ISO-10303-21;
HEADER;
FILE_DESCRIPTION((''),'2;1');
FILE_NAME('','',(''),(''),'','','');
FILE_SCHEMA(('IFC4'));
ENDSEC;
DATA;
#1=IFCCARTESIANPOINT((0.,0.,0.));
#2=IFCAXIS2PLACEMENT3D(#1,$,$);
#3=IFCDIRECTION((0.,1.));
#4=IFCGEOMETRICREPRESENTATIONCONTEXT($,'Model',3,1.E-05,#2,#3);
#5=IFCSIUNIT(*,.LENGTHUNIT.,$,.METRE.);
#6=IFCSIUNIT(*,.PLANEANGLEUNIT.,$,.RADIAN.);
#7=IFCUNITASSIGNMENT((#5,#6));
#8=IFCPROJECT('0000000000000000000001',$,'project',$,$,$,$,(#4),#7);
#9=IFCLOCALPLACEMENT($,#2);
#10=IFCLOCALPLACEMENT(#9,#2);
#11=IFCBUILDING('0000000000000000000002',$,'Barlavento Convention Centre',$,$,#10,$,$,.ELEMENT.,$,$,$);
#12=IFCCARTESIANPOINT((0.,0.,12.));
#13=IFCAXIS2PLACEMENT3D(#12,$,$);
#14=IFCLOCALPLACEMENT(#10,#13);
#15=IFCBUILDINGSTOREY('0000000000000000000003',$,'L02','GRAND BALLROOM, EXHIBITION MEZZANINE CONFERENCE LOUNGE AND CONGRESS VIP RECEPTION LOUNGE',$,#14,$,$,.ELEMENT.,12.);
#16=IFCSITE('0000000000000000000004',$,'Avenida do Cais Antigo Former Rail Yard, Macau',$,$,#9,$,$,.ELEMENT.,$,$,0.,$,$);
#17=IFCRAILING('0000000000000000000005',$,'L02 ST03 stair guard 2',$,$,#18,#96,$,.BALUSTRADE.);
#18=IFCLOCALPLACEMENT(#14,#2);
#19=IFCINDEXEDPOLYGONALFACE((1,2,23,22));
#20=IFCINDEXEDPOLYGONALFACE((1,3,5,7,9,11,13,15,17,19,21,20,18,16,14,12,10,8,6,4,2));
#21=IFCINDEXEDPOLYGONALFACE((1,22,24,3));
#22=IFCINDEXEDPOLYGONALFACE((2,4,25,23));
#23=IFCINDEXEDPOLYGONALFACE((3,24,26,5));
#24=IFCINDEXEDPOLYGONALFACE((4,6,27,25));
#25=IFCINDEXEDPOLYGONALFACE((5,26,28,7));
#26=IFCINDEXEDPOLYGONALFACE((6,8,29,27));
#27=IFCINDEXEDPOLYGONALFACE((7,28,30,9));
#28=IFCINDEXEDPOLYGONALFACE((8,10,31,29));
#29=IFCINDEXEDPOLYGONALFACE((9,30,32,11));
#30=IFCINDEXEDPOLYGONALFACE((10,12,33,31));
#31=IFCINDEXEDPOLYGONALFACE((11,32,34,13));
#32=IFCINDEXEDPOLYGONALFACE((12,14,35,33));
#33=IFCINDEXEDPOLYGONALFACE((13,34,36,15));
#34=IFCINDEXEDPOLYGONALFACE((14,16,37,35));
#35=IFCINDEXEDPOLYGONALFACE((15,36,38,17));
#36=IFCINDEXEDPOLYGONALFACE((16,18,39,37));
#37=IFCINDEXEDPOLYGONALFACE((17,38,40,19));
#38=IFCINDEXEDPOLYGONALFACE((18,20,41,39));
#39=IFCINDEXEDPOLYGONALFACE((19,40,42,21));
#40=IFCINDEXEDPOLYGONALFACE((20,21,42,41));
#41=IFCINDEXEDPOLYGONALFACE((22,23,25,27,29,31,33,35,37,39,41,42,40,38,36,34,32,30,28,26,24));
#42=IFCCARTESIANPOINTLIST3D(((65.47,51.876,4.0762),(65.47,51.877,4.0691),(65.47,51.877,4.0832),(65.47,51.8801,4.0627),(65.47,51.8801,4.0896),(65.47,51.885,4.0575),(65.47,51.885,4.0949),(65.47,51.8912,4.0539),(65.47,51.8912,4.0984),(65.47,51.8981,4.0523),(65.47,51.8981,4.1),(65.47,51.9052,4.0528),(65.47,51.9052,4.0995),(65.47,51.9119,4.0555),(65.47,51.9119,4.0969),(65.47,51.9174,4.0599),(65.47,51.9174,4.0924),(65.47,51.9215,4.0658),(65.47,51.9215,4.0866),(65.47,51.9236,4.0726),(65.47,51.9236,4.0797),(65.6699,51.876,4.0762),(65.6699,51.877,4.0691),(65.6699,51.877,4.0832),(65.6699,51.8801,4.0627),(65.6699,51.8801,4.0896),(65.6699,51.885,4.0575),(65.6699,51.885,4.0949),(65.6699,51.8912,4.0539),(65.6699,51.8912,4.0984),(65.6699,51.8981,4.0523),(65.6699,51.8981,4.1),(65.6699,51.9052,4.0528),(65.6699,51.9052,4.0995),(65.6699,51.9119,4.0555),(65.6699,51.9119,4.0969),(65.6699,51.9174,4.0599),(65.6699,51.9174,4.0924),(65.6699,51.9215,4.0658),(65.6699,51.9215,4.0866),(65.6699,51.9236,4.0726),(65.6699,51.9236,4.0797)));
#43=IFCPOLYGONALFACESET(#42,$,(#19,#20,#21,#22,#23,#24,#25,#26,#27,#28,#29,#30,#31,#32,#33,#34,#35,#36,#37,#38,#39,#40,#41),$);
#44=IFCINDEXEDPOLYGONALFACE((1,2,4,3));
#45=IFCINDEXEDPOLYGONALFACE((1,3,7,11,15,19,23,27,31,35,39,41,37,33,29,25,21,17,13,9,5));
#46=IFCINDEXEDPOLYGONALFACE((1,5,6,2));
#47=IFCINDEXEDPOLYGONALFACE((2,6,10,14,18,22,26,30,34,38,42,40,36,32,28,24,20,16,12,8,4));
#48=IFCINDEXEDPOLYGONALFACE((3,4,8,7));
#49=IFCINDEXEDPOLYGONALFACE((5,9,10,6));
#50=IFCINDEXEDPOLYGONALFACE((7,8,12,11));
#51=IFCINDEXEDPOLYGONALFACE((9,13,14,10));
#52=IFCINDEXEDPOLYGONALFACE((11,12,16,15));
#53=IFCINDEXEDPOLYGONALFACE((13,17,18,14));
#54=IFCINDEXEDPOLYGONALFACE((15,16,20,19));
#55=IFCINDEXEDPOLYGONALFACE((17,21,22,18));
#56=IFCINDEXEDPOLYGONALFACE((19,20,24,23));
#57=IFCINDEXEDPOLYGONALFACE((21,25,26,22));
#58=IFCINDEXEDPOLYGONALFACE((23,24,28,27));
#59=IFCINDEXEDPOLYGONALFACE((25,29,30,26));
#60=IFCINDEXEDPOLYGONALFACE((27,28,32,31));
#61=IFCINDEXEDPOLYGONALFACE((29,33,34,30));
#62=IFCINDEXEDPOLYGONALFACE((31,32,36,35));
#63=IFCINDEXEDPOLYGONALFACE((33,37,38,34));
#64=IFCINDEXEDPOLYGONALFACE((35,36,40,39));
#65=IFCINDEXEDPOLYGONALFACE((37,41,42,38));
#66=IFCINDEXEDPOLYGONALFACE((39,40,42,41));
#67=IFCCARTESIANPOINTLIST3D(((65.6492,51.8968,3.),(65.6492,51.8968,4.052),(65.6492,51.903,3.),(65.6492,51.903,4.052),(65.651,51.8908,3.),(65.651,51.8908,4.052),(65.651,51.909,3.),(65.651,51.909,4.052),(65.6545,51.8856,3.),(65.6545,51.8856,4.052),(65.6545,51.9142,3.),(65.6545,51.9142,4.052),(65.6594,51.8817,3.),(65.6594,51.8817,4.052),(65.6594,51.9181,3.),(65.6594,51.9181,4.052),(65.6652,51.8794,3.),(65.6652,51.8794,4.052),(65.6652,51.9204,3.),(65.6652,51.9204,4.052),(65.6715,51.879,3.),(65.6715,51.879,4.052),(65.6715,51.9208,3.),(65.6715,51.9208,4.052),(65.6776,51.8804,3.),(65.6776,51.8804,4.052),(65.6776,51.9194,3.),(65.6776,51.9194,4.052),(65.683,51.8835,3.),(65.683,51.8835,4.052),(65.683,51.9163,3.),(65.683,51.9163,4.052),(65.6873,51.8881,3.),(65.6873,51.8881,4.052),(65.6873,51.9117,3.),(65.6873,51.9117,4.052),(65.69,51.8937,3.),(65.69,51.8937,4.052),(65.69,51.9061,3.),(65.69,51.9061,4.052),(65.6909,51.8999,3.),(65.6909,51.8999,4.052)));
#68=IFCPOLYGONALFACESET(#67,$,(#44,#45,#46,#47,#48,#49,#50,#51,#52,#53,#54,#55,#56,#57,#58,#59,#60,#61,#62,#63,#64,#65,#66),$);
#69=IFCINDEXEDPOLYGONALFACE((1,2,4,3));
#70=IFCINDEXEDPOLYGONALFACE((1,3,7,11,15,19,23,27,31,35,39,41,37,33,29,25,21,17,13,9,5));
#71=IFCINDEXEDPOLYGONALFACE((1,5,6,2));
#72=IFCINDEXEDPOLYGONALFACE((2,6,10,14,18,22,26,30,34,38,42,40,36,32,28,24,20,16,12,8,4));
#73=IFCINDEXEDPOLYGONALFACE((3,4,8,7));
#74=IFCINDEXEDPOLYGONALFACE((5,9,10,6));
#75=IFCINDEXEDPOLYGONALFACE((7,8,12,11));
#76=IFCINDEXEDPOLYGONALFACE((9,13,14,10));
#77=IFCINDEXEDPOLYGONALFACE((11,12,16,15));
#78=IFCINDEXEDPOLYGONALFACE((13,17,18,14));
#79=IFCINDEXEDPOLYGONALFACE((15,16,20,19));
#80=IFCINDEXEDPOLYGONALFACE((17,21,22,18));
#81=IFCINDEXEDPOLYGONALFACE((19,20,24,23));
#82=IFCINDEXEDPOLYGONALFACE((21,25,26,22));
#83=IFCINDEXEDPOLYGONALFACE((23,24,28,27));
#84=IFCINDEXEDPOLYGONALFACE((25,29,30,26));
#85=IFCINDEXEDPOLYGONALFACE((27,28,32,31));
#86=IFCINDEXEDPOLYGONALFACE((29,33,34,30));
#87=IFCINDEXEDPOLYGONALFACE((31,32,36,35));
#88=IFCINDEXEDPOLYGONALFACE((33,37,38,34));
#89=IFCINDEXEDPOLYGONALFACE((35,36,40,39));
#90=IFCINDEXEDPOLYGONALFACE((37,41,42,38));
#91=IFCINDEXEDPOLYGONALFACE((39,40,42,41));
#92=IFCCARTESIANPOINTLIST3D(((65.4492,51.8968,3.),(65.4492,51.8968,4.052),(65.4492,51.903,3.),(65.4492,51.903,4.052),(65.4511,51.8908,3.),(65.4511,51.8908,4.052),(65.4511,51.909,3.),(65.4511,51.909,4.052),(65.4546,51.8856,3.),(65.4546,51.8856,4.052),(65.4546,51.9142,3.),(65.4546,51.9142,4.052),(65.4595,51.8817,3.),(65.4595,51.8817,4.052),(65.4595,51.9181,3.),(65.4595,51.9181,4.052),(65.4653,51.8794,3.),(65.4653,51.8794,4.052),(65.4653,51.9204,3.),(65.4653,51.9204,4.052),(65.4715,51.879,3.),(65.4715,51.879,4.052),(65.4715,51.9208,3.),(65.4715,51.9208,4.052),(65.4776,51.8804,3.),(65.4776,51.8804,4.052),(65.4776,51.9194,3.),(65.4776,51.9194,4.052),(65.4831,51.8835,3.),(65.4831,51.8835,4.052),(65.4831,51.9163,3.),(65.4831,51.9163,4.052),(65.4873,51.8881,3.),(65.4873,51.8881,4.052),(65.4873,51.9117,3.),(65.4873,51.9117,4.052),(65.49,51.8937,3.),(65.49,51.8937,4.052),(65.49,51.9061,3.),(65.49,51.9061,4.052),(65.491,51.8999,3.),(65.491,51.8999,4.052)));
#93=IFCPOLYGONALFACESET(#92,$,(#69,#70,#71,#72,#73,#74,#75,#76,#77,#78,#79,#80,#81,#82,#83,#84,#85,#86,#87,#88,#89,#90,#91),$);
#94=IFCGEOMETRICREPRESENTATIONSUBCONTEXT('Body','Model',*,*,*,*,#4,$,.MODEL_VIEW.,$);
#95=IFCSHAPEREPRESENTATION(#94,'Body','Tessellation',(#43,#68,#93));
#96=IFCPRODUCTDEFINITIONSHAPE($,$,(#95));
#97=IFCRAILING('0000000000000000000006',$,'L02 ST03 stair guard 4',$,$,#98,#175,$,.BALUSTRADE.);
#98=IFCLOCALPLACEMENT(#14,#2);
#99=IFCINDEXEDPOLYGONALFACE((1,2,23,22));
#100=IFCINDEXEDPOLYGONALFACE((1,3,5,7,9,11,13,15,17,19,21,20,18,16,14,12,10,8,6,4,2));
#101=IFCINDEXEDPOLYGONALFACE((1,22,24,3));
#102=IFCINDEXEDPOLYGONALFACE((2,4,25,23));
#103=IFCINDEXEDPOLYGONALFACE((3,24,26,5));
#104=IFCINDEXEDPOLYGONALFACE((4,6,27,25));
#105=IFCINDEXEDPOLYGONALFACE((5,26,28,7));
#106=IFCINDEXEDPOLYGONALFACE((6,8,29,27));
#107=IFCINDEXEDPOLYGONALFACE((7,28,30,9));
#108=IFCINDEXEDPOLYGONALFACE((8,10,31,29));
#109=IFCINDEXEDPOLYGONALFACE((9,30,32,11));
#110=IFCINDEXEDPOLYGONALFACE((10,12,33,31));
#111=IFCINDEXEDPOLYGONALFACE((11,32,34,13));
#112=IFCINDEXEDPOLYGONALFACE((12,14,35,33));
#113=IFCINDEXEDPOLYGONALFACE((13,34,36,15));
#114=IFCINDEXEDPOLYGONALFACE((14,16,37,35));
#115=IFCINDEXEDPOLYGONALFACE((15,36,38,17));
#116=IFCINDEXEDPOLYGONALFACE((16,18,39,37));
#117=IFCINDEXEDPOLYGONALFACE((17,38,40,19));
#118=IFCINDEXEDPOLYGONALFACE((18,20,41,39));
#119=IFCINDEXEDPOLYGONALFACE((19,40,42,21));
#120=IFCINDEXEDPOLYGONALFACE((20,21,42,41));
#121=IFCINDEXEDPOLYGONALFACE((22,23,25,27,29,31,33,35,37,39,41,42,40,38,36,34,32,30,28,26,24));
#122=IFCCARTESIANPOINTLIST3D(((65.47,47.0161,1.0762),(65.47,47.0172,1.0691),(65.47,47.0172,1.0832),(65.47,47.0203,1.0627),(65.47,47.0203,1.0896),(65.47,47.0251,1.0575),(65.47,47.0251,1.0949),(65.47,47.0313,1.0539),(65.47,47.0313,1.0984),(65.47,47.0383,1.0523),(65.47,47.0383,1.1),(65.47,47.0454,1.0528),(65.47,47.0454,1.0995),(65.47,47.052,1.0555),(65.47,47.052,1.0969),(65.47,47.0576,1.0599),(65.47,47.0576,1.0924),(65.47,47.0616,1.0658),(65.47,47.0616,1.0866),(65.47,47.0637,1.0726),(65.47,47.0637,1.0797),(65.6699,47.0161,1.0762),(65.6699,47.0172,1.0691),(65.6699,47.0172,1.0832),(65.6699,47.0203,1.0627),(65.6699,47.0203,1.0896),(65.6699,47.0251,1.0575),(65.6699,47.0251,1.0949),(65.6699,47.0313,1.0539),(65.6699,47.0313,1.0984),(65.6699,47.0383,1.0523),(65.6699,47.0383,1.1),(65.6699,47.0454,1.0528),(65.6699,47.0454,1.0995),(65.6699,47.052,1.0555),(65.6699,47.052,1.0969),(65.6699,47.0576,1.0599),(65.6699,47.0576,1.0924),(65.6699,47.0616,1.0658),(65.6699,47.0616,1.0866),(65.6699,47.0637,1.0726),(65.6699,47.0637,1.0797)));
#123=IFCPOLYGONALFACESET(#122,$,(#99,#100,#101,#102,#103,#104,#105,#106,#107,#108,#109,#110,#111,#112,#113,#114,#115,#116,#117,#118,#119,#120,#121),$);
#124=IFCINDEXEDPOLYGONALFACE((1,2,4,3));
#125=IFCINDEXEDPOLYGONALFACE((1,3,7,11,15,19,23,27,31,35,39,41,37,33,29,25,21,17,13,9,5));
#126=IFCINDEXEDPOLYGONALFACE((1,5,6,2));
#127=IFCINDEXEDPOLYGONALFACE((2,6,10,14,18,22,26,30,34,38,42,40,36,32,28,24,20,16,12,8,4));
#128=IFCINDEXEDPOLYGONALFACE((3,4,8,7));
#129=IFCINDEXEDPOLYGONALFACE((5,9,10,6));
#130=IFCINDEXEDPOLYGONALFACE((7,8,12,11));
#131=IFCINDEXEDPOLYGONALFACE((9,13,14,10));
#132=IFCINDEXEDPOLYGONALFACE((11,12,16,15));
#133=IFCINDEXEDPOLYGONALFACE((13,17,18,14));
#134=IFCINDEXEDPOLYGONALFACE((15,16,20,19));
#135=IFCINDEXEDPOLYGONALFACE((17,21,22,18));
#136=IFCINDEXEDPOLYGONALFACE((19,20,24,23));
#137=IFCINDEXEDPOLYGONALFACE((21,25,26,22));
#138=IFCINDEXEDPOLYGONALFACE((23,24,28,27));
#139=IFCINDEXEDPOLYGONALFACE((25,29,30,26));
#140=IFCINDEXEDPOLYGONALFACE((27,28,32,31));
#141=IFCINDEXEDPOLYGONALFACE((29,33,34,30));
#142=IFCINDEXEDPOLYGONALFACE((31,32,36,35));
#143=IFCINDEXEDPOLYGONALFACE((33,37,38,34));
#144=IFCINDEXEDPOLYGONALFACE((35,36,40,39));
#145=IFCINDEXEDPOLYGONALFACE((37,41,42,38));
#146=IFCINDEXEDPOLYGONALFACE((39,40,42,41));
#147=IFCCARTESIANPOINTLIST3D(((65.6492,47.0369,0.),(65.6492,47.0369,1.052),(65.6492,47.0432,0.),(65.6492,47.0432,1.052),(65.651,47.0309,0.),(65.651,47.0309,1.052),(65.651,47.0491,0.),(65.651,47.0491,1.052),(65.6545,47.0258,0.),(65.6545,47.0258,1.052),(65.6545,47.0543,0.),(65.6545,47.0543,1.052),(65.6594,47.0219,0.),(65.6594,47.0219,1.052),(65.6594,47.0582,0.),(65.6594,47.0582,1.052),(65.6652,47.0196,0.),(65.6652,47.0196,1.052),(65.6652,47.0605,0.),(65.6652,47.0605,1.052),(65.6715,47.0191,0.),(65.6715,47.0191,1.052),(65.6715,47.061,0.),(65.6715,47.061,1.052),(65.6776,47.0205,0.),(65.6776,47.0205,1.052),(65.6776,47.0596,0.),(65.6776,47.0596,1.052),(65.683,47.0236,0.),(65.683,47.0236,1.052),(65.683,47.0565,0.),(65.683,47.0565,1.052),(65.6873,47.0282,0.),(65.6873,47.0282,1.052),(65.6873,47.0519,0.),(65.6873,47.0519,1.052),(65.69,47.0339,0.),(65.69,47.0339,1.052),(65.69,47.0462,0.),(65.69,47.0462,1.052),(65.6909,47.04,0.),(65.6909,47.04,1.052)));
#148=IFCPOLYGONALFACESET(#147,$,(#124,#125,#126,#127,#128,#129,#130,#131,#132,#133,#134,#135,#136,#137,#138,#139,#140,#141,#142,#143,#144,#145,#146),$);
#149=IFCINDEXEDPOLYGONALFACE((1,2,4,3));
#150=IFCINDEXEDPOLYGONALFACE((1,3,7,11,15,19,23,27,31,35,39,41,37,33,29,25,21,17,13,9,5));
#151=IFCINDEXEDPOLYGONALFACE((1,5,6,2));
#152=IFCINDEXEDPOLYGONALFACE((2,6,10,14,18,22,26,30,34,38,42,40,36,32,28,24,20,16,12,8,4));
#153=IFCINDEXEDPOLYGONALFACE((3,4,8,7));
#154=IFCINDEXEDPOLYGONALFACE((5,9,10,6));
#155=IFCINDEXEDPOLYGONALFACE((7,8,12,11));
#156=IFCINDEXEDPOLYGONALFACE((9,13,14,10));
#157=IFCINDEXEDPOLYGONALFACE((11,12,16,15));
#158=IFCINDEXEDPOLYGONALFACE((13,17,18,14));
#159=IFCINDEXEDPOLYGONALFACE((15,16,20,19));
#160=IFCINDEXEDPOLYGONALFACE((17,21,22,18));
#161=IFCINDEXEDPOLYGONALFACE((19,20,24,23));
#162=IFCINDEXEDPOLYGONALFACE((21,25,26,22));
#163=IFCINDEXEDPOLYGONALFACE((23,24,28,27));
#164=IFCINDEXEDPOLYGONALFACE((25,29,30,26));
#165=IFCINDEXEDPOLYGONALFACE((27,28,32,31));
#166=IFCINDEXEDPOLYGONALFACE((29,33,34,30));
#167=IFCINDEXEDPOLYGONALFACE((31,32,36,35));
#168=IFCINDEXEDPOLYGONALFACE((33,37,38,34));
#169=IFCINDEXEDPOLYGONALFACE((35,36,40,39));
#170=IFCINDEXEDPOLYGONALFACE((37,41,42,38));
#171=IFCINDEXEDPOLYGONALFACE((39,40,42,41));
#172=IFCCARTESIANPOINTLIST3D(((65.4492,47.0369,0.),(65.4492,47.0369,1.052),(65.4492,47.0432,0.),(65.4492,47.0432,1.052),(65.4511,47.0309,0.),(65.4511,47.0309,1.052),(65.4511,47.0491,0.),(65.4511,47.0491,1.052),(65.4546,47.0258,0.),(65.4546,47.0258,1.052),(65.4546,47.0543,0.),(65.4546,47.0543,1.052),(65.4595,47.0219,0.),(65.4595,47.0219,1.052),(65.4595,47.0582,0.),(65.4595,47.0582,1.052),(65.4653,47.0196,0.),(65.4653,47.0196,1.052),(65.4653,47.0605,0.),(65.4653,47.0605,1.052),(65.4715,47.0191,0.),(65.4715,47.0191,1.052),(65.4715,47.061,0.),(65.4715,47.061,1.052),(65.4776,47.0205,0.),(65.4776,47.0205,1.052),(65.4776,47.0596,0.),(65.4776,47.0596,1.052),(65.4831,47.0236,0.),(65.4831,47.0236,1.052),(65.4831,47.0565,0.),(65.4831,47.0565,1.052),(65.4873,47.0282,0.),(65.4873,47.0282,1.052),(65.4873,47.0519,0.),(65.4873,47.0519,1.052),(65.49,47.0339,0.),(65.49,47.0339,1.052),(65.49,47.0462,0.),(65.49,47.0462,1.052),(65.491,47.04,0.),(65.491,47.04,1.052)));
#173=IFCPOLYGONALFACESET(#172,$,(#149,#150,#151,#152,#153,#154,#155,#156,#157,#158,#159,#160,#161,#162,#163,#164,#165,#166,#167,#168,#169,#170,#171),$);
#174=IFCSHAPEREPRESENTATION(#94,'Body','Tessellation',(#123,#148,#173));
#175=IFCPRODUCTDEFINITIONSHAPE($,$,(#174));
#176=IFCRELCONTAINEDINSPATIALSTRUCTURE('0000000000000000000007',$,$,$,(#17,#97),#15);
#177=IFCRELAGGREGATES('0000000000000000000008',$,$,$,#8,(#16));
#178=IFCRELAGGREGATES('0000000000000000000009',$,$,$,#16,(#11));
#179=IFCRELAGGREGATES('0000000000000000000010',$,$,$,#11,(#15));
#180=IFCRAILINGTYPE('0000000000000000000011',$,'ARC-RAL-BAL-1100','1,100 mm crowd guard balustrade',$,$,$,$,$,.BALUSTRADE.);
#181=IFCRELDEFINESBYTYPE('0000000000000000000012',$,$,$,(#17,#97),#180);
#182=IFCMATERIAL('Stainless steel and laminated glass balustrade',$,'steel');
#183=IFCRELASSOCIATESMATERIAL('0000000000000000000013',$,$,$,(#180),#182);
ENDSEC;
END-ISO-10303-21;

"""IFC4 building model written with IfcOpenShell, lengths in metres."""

from ifc_helpers import new_model, si_unit, direction, frame, origin, origin_2d, place, context, subcontext, project, spatial, circle, extrude, material, type_object, element, save


model = new_model("IFC4")

# Units and contexts
model_context = context("Model", 3, precision=1e-05, world=origin(), true_north=direction((0.0, 1.0)))
body_context = subcontext(model_context, "Body", "Model", "MODEL_VIEW")
ifc_project = project(units=[si_unit("LENGTHUNIT", "METRE"), si_unit("PLANEANGLEUNIT", "RADIAN")], contexts=[model_context])

# Site, building, storey
site_placement = place(None, origin())
site = spatial("IfcSite", under=ifc_project, at=site_placement, Name="Avenida do Cais Antigo Former Rail Yard, Macau", CompositionType="ELEMENT", RefElevation=0.0)
building_placement = place(site_placement, origin())
building = spatial("IfcBuilding", under=site, at=building_placement, Name="Barlavento Convention Centre", CompositionType="ELEMENT")
storey_placement = place(building_placement, frame((0.0, 0.0, 12.0)))
storey = spatial("IfcBuildingStorey", under=building, at=storey_placement, Name="L02", Description="GRAND BALLROOM, EXHIBITION MEZZANINE CONFERENCE LOUNGE AND CONGRESS VIP RECEPTION LOUNGE", CompositionType="ELEMENT", Elevation=12.0)

# Railings
ifc_material_1 = material(Name="Stainless steel and laminated glass balustrade", Category="steel")
railing_type_1 = type_object("IfcRailingType", Name="ARC-RAL-BAL-1100", Description="1,100 mm crowd guard balustrade", PredefinedType="BALUSTRADE", material=ifc_material_1)
for number, where, name in (
    (1, (65.6699, 51.8999, 3.0), "L02 ST03 stair guard 2"),
    (2, (65.6699, 47.04, 0.0), "L02 ST03 stair guard 4"),
):
    element("IfcRailing", number, at=place(storey_placement, frame(where)), inside=storey, type_object=railing_type_1, Name=name, PredefinedType="BALUSTRADE", context=body_context, shape_type="SweptSolid", body=[
        extrude(circle(Radius=0.0239, at=origin_2d()), frame((0.0, 0.0, 1.0762), z_axis=(-1.0, 0.0, 0.0), x_axis=(0.0, -1.0, 0.0)), (0.0, 0.0, 1.0), 0.2),
        extrude(circle(Radius=0.021, at=origin_2d()), origin(), (0.0, 0.0, 1.0), 1.052),
        extrude(circle(Radius=0.021, at=origin_2d()), frame((-0.2, 0.0, 0.0)), (0.0, 0.0, 1.0), 1.052),
    ])

save(model, "model.ifc")
